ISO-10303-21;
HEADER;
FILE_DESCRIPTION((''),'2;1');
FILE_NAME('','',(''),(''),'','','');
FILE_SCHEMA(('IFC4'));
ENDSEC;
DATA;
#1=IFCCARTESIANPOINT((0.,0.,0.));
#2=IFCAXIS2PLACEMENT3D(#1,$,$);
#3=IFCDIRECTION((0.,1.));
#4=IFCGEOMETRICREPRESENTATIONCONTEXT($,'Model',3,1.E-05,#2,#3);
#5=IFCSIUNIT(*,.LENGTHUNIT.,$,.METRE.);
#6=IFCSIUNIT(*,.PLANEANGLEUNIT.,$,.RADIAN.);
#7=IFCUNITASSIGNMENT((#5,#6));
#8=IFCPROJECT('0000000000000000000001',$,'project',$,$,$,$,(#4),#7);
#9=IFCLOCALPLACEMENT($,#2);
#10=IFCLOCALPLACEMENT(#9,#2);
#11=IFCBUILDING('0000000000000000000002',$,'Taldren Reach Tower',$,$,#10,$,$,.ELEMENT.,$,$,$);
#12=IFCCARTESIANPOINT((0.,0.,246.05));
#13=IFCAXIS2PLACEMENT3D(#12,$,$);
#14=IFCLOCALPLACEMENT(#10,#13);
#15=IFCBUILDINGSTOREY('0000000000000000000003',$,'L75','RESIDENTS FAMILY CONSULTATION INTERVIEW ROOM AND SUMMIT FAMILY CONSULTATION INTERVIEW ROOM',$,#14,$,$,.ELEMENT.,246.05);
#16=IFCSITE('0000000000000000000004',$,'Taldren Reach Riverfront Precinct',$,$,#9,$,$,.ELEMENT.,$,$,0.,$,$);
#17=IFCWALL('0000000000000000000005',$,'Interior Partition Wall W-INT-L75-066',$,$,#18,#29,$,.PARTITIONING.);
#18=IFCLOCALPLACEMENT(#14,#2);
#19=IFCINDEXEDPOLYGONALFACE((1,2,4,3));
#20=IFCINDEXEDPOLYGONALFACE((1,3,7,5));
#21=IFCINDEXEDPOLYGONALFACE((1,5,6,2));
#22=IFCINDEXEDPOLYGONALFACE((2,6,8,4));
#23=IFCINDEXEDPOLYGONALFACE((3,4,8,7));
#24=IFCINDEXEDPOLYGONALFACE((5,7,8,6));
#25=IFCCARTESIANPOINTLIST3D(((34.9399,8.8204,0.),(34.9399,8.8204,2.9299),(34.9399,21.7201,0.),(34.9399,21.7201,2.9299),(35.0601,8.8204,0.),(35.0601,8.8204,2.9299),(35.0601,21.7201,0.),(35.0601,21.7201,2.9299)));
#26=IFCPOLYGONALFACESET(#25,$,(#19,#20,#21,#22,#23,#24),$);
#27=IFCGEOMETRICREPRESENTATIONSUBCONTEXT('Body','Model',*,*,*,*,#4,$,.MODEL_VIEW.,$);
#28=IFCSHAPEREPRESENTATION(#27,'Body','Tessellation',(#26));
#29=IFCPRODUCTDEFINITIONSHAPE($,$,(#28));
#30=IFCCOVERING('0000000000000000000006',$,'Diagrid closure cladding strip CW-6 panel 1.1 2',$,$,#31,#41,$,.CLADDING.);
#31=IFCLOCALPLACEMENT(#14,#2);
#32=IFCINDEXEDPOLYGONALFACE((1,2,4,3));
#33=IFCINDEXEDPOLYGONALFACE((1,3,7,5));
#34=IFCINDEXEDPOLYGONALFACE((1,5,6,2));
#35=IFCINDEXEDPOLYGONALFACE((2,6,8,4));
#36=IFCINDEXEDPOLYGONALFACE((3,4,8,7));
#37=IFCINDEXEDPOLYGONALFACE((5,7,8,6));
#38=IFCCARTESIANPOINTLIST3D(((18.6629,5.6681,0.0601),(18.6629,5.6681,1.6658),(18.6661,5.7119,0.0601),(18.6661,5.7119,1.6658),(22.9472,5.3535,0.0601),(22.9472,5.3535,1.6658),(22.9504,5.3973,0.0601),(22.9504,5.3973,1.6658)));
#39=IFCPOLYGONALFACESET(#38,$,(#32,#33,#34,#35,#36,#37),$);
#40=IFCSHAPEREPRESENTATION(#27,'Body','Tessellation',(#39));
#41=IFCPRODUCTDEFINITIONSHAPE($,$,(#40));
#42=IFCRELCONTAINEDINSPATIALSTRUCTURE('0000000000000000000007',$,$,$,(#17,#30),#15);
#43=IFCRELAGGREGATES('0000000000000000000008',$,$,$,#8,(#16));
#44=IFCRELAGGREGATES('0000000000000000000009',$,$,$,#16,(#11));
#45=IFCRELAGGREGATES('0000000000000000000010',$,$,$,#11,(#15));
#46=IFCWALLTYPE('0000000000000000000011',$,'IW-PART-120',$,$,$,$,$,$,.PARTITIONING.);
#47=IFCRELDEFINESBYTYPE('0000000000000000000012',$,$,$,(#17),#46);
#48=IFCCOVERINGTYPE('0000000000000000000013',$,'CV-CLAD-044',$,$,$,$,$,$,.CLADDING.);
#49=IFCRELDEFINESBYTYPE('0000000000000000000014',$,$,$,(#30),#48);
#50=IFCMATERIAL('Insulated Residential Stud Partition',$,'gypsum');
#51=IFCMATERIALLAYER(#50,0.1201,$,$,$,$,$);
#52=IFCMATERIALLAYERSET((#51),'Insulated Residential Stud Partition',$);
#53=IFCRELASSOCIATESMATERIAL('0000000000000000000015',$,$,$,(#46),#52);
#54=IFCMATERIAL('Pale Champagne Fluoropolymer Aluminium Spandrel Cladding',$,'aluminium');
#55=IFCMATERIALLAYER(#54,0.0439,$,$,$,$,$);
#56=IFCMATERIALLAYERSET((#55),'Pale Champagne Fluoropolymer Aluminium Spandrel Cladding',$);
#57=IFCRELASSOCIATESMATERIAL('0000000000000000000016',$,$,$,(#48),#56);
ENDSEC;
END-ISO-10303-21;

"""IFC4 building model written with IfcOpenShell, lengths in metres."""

from ifc_helpers import new_model, si_unit, direction, frame, frame_2d, origin, origin_2d, place, context, subcontext, project, spatial, rectangle, extrude, source, transform, mapped, material, layer, layer_set, type_object, element, save


model = new_model("IFC4")

# Units and contexts
model_context = context("Model", 3, precision=1e-05, world=origin(), true_north=direction((0.0, 1.0)))
body_context = subcontext(model_context, "Body", "Model", "MODEL_VIEW")
ifc_project = project(units=[si_unit("LENGTHUNIT", "METRE"), si_unit("PLANEANGLEUNIT", "RADIAN")], contexts=[model_context])

# Site, building, storey
site_placement = place(None, origin())
site = spatial("IfcSite", under=ifc_project, at=site_placement, Name="Taldren Reach Riverfront Precinct", CompositionType="ELEMENT", RefElevation=0.0)
building_placement = place(site_placement, origin())
building = spatial("IfcBuilding", under=site, at=building_placement, Name="Taldren Reach Tower", CompositionType="ELEMENT")
storey_placement = place(building_placement, frame((0.0, 0.0, 246.05)))
storey = spatial("IfcBuildingStorey", under=building, at=storey_placement, Name="L75", Description="RESIDENTS FAMILY CONSULTATION INTERVIEW ROOM AND SUMMIT FAMILY CONSULTATION INTERVIEW ROOM", CompositionType="ELEMENT", Elevation=246.05)

# Wall
ifc_material_1 = material(Name="Insulated Residential Stud Partition", Category="gypsum")
ifc_layer_1 = layer(ifc_material_1, 0.1201)
ifc_layer_set_1 = layer_set([ifc_layer_1], Name="Insulated Residential Stud Partition")
wall_type_1 = type_object("IfcWallType", Name="IW-PART-120", PredefinedType="PARTITIONING", material=ifc_layer_set_1)
shared_shape_1 = source(origin(), body_context, "Body", "SweptSolid", [
    extrude(rectangle(XDim=12.8997, YDim=0.1201, at=frame_2d((6.4497, 0.0))), origin(), (0.0, 0.0, 1.0), 2.9299),
])
wall_1_placement = place(storey_placement, frame((35.0, 21.72, 0.0), z_axis=(0.0, 0.0, 1.0), x_axis=(0.0, -1.0, 0.0)))
element("IfcWall", 1, at=wall_1_placement, inside=storey, type_object=wall_type_1, Name="Interior Partition Wall W-INT-L75-066", PredefinedType="PARTITIONING", context=body_context, shape_type="MappedRepresentation", body=[
    mapped(shared_shape_1, transform((0.0, 0.0, 0.0), scale=1.0)),
])

# Covering
ifc_material_2 = material(Name="Pale Champagne Fluoropolymer Aluminium Spandrel Cladding", Category="aluminium")
ifc_layer_2 = layer(ifc_material_2, 0.0439)
ifc_layer_set_2 = layer_set([ifc_layer_2], Name="Pale Champagne Fluoropolymer Aluminium Spandrel Cladding")
covering_type = type_object("IfcCoveringType", Name="CV-CLAD-044", PredefinedType="CLADDING", material=ifc_layer_set_2)
shared_shape_2 = source(origin(), body_context, "Body", "SweptSolid", [
    extrude(rectangle(XDim=4.2959, YDim=0.0439, at=origin_2d()), origin(), (0.0, 0.0, 1.0), 1.6057),
])
covering_placement = place(storey_placement, frame((20.8066, 5.5327, 0.0601), z_axis=(0.0, 0.0, 1.0), x_axis=(0.997314, -0.073238, 0.0)))
element("IfcCovering", 2, at=covering_placement, inside=storey, type_object=covering_type, Name="Diagrid closure cladding strip CW-6 panel 1.1 2", PredefinedType="CLADDING", context=body_context, shape_type="MappedRepresentation", body=[
    mapped(shared_shape_2, transform((0.0, 0.0, 0.0), scale=1.0)),
])

save(model, "model.ifc")
